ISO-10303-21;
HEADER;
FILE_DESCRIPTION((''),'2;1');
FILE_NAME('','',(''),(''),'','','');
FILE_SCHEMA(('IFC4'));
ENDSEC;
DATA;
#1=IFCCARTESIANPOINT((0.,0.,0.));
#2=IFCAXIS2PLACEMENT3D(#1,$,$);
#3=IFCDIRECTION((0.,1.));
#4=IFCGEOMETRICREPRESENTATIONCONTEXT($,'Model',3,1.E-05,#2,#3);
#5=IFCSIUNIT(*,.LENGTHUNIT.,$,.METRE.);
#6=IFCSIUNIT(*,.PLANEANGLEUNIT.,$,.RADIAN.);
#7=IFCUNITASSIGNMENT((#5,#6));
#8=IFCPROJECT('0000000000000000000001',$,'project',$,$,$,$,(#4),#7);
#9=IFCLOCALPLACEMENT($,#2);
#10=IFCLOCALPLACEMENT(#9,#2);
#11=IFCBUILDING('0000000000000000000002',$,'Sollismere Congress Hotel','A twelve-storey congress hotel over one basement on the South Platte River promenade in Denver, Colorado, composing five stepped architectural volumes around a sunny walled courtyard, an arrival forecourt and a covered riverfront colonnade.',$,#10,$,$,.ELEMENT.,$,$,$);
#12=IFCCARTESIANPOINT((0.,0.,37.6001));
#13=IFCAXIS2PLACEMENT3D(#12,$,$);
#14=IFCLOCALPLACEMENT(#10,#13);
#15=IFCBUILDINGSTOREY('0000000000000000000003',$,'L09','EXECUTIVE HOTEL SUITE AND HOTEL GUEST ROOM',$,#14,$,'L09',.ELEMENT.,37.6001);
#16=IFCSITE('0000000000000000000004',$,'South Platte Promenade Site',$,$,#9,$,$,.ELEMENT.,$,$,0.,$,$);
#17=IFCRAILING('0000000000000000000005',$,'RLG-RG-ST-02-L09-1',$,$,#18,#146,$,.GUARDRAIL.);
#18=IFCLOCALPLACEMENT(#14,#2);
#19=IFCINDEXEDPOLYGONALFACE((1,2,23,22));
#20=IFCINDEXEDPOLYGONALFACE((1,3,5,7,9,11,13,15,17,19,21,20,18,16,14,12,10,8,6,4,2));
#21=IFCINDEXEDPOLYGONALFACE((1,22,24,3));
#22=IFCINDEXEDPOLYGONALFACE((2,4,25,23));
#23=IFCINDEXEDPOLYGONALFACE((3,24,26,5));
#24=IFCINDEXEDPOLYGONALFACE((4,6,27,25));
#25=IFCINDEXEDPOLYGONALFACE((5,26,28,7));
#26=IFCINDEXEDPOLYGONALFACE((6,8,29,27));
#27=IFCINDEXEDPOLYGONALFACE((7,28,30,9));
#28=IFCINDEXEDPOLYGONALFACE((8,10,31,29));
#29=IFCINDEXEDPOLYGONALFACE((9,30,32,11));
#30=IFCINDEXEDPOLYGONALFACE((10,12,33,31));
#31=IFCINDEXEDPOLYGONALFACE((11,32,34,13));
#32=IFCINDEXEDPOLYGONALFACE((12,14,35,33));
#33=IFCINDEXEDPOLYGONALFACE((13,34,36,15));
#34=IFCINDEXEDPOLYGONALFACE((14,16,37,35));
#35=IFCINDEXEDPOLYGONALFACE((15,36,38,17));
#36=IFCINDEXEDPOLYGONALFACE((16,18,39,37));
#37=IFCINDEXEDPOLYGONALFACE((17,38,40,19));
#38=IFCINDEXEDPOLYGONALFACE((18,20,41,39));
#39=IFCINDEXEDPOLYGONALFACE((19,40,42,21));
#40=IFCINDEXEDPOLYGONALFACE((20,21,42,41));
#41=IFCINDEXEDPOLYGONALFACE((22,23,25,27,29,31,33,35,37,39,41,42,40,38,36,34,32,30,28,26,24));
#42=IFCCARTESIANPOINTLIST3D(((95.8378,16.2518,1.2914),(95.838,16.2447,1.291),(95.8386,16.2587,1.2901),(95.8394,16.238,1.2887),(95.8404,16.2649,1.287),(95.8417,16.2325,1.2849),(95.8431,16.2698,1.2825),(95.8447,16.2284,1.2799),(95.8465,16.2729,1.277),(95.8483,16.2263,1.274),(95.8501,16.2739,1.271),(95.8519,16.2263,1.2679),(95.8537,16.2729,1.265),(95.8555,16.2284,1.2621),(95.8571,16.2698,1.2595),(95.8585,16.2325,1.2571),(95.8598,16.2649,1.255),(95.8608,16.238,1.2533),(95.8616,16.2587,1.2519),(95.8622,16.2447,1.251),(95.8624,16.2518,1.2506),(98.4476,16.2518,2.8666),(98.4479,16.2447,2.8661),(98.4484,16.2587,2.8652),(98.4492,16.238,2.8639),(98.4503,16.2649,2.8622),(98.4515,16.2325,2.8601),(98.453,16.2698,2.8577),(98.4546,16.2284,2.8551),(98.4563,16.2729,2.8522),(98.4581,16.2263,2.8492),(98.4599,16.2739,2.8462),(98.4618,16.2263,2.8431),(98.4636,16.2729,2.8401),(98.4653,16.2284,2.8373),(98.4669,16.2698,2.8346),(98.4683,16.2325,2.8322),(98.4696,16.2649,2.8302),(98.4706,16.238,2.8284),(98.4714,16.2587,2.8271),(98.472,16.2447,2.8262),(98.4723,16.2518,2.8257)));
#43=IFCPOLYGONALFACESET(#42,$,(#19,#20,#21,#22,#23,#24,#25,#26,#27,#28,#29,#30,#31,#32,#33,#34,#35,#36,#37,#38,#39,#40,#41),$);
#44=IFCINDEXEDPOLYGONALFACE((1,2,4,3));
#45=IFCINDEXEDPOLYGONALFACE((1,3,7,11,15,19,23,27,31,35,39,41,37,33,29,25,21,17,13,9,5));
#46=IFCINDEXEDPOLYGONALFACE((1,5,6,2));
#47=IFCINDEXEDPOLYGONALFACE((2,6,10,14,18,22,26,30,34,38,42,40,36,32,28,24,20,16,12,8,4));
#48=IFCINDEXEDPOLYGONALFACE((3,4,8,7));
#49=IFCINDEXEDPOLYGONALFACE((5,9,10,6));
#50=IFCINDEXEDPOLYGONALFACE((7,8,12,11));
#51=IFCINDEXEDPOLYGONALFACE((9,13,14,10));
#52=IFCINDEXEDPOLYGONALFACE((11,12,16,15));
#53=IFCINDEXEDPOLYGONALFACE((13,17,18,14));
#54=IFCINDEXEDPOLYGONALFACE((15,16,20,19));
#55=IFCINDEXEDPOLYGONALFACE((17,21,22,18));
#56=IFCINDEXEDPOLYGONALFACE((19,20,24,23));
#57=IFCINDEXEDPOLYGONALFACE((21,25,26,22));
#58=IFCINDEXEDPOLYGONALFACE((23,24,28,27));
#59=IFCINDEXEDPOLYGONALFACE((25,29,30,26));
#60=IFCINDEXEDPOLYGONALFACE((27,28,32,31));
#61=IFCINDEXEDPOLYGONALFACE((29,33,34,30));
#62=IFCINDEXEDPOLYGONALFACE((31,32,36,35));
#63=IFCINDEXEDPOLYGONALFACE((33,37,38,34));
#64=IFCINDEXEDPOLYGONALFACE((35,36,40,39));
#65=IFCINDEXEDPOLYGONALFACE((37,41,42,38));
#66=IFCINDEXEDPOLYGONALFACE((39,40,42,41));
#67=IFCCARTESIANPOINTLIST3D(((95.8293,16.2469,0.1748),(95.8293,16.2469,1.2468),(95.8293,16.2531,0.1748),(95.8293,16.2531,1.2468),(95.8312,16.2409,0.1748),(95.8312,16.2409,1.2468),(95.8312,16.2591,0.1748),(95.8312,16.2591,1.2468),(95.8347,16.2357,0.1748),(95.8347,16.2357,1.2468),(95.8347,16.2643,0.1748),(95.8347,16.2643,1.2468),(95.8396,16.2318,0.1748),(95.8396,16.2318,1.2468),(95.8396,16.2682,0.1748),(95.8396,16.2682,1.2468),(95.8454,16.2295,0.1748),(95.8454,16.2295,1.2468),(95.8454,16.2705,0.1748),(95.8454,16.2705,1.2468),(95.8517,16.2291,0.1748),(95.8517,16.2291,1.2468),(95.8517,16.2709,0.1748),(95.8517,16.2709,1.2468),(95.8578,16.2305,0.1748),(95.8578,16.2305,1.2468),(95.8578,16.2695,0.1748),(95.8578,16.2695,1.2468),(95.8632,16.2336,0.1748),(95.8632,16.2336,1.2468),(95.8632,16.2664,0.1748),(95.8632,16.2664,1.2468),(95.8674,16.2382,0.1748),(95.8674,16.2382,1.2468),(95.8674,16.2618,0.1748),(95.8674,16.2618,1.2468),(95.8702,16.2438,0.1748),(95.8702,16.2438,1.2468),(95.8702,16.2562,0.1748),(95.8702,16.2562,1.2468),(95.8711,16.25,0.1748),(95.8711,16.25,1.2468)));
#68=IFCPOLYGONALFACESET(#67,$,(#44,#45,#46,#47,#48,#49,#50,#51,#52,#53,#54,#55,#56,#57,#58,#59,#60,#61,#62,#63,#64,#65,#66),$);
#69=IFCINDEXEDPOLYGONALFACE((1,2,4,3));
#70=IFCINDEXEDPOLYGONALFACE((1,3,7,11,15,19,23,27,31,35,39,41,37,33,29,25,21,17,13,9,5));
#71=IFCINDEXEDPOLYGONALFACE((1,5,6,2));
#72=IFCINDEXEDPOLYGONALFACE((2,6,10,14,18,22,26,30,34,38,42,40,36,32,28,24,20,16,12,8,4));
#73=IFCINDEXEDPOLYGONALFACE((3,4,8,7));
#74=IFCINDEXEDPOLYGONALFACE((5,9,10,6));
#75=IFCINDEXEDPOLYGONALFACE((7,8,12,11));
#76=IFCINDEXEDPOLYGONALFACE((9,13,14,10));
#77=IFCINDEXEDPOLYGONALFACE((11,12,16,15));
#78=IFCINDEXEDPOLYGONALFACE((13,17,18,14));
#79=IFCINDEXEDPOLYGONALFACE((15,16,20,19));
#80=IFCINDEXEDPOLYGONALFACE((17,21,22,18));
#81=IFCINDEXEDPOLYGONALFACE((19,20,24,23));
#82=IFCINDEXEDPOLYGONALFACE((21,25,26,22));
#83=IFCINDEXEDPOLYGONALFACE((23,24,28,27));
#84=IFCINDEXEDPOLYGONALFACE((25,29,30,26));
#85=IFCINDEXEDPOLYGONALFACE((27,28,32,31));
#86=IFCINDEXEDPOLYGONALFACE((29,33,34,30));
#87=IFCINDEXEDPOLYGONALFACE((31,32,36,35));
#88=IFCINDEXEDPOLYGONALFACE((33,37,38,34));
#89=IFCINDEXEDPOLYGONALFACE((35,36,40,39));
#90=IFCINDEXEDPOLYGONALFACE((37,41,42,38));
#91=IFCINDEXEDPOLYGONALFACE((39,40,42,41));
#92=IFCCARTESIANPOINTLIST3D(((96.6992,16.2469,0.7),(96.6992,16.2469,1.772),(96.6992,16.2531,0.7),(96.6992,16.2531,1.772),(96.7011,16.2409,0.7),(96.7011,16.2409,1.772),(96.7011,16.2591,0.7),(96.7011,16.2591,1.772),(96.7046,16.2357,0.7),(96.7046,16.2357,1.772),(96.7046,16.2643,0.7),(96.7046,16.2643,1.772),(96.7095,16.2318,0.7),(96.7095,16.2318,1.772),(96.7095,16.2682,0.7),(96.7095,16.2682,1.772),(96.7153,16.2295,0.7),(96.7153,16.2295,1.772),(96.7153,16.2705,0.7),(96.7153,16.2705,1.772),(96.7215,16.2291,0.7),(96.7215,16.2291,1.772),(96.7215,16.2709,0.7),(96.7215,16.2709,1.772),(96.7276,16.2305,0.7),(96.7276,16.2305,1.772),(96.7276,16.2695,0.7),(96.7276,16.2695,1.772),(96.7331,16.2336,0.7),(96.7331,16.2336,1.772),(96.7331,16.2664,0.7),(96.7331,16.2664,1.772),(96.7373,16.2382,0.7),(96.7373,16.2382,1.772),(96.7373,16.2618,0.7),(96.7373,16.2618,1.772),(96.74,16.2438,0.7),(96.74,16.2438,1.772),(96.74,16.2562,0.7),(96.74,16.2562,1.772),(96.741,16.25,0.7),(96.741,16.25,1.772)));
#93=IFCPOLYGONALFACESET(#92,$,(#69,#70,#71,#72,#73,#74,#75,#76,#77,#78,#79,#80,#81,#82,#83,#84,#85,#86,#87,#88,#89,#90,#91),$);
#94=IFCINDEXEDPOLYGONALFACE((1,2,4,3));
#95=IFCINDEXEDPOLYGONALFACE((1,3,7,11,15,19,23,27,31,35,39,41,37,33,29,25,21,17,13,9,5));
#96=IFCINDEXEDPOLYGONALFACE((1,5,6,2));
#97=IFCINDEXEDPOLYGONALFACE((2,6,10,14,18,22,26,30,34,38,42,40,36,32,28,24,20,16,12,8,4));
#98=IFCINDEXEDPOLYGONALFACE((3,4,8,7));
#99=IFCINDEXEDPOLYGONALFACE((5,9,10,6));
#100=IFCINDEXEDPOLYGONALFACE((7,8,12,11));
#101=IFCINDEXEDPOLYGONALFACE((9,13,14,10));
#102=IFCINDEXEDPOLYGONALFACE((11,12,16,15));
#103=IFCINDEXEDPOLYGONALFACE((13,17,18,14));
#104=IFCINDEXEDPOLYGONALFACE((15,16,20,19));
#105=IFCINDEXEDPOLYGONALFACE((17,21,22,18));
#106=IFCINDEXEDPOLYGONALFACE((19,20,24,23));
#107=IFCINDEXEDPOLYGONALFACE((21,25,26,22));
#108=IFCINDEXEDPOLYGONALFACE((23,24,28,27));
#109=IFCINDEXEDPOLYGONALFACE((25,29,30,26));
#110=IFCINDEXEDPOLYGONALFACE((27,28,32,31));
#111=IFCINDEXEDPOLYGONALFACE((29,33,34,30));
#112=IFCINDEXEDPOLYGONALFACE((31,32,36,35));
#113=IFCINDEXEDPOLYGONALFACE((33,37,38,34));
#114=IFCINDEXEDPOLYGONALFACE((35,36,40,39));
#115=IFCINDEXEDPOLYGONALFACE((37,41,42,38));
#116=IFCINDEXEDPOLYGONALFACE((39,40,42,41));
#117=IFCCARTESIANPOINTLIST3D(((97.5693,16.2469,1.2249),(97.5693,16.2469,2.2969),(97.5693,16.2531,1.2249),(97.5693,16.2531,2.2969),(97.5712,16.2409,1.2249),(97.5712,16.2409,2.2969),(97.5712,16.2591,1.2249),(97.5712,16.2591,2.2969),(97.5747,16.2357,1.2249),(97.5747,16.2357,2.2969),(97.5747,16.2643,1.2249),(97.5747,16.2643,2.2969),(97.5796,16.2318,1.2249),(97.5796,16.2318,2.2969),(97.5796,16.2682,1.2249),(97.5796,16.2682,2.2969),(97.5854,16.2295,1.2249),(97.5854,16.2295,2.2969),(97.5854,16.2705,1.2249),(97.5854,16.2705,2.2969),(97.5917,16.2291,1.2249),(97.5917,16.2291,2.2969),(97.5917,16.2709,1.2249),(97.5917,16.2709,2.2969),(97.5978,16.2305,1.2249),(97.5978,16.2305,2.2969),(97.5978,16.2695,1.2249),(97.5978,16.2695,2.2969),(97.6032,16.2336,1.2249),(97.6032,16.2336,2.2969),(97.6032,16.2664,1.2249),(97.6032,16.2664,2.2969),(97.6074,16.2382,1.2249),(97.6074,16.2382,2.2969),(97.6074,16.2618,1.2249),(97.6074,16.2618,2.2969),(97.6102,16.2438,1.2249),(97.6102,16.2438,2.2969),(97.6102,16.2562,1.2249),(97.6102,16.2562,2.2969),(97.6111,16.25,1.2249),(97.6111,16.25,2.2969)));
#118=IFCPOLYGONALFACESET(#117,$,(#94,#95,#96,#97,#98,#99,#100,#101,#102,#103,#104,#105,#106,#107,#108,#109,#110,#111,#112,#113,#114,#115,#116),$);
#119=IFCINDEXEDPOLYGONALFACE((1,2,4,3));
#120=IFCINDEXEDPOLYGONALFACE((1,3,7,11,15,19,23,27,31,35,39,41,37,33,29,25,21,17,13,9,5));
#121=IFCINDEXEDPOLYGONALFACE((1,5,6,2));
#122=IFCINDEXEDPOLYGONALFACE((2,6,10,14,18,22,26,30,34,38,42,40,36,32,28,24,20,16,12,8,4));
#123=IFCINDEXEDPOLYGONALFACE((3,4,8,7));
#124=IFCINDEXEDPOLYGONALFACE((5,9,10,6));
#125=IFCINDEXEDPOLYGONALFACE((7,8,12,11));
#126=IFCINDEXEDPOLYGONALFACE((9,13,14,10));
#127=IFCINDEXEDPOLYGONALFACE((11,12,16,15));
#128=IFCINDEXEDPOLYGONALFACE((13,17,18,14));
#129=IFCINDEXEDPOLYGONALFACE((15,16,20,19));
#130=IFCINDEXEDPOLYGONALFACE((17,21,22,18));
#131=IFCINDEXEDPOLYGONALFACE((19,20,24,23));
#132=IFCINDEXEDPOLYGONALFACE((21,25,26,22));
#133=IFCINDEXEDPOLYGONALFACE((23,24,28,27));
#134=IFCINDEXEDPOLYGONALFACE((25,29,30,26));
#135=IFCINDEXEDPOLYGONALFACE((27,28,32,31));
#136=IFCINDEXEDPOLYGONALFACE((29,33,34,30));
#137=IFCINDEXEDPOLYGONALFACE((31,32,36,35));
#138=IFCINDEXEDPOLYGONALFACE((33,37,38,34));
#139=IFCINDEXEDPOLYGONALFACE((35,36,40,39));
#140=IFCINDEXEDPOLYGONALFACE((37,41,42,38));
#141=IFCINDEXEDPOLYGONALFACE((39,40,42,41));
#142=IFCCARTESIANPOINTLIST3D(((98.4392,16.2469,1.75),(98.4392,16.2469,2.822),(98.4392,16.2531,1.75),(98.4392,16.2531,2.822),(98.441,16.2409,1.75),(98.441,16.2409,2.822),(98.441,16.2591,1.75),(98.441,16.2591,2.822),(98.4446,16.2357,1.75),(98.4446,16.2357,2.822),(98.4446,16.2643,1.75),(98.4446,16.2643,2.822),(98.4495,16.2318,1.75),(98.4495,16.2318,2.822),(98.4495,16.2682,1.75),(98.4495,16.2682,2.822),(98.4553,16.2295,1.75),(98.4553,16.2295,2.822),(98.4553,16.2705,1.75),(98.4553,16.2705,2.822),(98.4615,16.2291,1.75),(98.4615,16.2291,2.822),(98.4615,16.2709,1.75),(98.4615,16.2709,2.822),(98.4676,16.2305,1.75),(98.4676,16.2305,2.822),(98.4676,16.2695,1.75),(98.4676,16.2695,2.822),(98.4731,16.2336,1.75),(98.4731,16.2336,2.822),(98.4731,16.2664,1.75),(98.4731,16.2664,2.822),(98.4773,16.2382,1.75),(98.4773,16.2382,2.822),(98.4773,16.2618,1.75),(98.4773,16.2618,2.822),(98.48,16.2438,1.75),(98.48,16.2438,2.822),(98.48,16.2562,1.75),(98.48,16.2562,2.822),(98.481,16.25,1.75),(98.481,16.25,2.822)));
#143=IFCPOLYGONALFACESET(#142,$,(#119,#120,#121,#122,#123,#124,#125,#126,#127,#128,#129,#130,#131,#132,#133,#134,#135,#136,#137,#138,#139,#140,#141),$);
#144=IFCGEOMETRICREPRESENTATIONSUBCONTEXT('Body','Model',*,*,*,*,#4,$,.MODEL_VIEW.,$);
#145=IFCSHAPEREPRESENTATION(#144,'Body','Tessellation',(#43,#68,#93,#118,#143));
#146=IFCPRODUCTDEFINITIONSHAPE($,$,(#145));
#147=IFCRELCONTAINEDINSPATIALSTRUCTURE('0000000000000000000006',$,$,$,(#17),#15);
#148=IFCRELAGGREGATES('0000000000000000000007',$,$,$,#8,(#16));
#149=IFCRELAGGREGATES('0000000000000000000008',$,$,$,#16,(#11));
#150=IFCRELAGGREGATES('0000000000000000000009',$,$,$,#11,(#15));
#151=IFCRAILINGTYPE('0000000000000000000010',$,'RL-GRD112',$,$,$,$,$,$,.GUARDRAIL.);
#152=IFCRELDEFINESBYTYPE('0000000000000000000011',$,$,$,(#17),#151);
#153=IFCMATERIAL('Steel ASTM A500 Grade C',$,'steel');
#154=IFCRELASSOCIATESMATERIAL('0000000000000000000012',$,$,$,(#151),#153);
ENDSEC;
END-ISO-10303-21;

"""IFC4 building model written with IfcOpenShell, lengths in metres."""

from ifc_helpers import new_model, si_unit, direction, frame, origin, origin_2d, place, context, subcontext, project, spatial, circle, extrude, material, type_object, element, save


model = new_model("IFC4")

# Units and contexts
model_context = context("Model", 3, precision=1e-05, world=origin(), true_north=direction((0.0, 1.0)))
body_context = subcontext(model_context, "Body", "Model", "MODEL_VIEW")
ifc_project = project(units=[si_unit("LENGTHUNIT", "METRE"), si_unit("PLANEANGLEUNIT", "RADIAN")], contexts=[model_context])

# Site, building, storey
site_placement = place(None, origin())
site = spatial("IfcSite", under=ifc_project, at=site_placement, Name="South Platte Promenade Site", CompositionType="ELEMENT", RefElevation=0.0)
building_placement = place(site_placement, origin())
building = spatial("IfcBuilding", under=site, at=building_placement, Name="Sollismere Congress Hotel", Description="A twelve-storey congress hotel over one basement on the South Platte River promenade in Denver, Colorado, composing five stepped architectural volumes around a sunny walled courtyard, an arrival forecourt and a covered riverfront colonnade.", CompositionType="ELEMENT")
storey_placement = place(building_placement, frame((0.0, 0.0, 37.6001)))
storey = spatial("IfcBuildingStorey", under=building, at=storey_placement, Name="L09", Description="EXECUTIVE HOTEL SUITE AND HOTEL GUEST ROOM", LongName="L09", CompositionType="ELEMENT", Elevation=37.6001)

# Shared definitions
ifc_material_1 = material(Name="Steel ASTM A500 Grade C", Category="steel")

# Railing
railing_type_1 = type_object("IfcRailingType", Name="RL-GRD112", PredefinedType="GUARDRAIL", material=ifc_material_1)
railing_1_placement = place(storey_placement, frame((95.8501, 16.25, 0.1748)))
element("IfcRailing", 1, at=railing_1_placement, inside=storey, type_object=railing_type_1, Name="RLG-RG-ST-02-L09-1", PredefinedType="GUARDRAIL", context=body_context, shape_type="SweptSolid", body=[
    extrude(circle(Radius=0.0239, at=origin_2d()), frame((0.0, 0.0, 1.0962), z_axis=(0.856147, 0.0, 0.516732), x_axis=(0.0, 1.0, 0.0)), (0.0, 0.0, 1.0), 3.0483),
    extrude(circle(Radius=0.021, at=origin_2d()), origin(), (0.0, 0.0, 1.0), 1.072),
    extrude(circle(Radius=0.021, at=origin_2d()), frame((0.8699, 0.0, 0.5251)), (0.0, 0.0, 1.0), 1.072),
    extrude(circle(Radius=0.021, at=origin_2d()), frame((1.74, 0.0, 1.05)), (0.0, 0.0, 1.0), 1.072),
    extrude(circle(Radius=0.021, at=origin_2d()), frame((2.6099, 0.0, 1.5752)), (0.0, 0.0, 1.0), 1.072),
])

save(model, "model.ifc")
